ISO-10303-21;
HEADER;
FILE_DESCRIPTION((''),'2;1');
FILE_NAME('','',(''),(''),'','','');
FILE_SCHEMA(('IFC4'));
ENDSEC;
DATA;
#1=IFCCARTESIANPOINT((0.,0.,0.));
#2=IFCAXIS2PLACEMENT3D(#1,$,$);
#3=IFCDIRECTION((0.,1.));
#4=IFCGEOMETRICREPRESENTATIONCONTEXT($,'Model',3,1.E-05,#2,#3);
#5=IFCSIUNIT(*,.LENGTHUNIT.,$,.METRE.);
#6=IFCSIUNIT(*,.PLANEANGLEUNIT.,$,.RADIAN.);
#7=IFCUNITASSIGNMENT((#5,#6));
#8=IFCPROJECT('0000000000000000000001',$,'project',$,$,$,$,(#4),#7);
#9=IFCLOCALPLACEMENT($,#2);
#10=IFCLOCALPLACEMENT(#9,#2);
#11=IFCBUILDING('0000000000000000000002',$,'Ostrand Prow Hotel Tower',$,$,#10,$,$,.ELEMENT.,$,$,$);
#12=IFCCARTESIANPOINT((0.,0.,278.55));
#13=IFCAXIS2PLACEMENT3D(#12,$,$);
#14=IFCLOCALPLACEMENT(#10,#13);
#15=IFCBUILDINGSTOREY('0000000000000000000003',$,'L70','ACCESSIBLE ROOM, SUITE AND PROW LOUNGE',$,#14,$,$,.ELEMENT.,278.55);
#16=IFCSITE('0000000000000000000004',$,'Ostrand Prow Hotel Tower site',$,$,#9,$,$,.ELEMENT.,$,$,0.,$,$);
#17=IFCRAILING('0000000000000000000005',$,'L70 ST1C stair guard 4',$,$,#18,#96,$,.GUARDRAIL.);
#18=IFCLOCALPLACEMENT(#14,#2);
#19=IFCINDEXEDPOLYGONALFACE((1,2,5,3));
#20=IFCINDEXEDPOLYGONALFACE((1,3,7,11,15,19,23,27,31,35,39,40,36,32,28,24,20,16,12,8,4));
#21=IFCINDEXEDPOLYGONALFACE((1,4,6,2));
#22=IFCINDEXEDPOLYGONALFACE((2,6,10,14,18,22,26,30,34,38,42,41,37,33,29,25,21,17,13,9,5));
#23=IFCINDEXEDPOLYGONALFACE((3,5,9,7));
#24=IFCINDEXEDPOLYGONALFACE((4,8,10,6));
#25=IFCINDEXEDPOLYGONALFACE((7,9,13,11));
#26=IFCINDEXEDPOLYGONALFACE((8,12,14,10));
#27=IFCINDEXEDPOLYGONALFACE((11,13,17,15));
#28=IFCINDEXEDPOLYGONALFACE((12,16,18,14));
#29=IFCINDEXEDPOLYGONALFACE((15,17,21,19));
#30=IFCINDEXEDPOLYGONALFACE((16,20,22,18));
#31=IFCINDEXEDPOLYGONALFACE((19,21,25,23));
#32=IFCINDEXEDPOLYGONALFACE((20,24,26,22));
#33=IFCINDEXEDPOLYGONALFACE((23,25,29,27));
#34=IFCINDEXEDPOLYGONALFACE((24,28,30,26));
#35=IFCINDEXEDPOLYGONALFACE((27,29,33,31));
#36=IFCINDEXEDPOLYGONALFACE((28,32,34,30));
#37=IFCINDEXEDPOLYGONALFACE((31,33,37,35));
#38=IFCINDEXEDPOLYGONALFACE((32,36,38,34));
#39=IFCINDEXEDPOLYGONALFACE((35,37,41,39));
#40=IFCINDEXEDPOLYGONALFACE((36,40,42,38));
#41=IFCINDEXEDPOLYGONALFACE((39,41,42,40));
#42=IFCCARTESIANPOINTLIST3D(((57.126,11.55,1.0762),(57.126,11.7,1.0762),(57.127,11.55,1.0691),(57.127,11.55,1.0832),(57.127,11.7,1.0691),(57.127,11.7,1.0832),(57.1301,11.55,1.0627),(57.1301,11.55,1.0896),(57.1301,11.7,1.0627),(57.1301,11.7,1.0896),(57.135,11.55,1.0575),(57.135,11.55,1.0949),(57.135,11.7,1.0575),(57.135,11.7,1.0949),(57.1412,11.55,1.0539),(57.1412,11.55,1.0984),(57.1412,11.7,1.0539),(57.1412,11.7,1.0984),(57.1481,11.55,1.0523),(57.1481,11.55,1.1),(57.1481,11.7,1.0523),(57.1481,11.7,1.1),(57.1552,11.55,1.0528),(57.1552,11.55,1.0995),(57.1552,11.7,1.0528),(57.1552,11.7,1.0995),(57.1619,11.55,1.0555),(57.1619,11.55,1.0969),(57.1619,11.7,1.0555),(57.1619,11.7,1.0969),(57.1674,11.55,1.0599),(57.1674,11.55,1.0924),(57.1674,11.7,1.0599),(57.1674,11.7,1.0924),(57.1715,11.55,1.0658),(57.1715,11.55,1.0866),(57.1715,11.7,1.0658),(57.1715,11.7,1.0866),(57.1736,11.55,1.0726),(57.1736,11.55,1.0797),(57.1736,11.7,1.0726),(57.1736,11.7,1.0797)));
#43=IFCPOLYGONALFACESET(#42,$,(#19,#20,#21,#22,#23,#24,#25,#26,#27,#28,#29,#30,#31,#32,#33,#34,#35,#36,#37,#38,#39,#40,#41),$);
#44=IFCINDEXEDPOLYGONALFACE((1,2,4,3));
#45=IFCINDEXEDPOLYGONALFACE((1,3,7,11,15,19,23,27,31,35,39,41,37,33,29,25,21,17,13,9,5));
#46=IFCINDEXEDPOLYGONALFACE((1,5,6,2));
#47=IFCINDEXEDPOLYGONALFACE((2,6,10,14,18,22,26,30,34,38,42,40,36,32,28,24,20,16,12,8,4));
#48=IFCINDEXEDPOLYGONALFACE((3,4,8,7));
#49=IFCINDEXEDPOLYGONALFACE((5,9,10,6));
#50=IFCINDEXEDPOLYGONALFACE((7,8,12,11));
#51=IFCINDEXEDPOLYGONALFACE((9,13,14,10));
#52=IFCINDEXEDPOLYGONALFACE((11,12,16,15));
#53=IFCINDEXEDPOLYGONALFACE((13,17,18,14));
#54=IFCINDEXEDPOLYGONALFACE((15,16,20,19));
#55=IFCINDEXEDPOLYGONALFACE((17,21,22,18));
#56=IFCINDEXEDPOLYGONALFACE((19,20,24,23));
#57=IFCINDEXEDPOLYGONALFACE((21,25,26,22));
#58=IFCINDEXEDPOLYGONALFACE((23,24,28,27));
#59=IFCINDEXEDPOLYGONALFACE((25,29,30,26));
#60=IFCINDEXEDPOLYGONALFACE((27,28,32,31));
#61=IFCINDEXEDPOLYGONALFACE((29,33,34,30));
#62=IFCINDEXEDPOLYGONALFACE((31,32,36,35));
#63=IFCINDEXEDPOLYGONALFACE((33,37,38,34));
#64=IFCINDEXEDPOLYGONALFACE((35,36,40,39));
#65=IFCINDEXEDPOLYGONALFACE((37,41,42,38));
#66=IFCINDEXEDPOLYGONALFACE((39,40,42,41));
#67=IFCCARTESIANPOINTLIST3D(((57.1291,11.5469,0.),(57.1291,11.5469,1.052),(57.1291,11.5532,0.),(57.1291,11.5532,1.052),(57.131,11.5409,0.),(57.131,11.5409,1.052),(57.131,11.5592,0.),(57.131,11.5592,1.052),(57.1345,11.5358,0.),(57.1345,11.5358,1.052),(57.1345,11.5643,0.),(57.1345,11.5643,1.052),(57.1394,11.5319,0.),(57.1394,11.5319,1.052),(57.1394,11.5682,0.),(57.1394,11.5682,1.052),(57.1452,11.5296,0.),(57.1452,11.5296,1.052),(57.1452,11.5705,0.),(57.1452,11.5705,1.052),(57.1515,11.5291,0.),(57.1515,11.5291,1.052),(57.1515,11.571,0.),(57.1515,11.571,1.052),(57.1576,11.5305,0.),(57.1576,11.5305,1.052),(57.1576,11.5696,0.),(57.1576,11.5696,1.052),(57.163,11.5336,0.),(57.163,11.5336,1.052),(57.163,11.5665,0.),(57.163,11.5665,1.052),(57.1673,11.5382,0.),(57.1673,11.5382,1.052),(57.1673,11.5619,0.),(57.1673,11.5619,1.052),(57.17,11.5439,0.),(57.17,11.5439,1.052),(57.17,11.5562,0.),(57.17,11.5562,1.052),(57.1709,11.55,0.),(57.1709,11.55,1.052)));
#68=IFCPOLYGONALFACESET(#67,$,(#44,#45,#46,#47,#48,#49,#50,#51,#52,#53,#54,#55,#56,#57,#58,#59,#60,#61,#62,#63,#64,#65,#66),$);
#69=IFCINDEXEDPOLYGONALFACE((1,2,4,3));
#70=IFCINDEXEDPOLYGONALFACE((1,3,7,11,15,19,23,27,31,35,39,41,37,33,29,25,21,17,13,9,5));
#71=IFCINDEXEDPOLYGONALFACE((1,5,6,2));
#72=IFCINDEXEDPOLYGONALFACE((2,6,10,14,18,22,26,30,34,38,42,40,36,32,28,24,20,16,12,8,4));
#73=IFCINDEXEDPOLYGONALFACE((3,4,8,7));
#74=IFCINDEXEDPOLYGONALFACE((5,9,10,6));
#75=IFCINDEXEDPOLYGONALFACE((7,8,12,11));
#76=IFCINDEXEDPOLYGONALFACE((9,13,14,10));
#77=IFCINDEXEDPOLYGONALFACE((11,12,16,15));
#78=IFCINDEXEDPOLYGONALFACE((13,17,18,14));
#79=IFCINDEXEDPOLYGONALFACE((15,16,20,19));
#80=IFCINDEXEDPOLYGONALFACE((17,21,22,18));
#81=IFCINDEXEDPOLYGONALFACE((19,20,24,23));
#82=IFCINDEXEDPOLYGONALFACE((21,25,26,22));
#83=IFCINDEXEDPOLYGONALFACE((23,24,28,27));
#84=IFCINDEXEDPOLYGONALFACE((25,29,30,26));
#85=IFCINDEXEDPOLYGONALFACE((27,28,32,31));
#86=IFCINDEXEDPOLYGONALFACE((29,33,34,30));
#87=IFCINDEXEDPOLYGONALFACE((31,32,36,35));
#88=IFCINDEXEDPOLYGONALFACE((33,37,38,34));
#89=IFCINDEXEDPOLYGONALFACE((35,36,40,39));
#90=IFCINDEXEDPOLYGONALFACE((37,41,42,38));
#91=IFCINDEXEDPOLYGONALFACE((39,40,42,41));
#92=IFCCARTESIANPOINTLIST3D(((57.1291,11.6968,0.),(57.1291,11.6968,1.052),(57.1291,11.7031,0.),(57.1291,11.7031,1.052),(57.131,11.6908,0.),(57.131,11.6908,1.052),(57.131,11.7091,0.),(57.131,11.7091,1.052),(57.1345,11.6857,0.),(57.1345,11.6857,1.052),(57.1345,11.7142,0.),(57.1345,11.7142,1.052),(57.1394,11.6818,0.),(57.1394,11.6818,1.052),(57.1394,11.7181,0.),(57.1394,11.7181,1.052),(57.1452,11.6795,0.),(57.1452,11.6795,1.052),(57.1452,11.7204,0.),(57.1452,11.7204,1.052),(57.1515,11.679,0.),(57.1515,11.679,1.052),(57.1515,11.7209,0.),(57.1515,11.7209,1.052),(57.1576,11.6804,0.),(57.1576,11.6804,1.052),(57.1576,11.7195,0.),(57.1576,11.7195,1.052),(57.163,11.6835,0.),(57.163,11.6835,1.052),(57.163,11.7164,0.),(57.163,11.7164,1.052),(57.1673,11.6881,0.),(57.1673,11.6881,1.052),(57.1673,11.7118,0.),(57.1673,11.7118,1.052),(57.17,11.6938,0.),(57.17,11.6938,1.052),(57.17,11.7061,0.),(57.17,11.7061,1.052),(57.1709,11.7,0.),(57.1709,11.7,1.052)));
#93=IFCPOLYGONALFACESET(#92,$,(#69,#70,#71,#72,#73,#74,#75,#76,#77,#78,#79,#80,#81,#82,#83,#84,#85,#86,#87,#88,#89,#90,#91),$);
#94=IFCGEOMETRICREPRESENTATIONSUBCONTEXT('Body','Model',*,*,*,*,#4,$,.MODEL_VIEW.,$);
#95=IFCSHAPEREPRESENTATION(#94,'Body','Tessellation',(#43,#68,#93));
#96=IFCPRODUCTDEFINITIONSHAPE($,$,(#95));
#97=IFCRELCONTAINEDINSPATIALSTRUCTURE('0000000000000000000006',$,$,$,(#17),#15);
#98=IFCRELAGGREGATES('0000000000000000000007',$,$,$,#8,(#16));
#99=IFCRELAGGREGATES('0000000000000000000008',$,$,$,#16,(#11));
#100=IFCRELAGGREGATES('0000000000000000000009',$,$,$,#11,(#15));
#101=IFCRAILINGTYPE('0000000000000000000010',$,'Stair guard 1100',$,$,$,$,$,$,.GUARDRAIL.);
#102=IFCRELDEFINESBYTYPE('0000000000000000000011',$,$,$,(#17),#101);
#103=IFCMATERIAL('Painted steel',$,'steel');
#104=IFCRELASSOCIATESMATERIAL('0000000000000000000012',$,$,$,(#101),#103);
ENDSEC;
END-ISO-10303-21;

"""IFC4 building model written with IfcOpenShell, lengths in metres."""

from ifc_helpers import new_model, si_unit, direction, frame, origin, origin_2d, place, context, subcontext, project, spatial, circle, extrude, material, type_object, element, save


model = new_model("IFC4")

# Units and contexts
model_context = context("Model", 3, precision=1e-05, world=origin(), true_north=direction((0.0, 1.0)))
body_context = subcontext(model_context, "Body", "Model", "MODEL_VIEW")
ifc_project = project(units=[si_unit("LENGTHUNIT", "METRE"), si_unit("PLANEANGLEUNIT", "RADIAN")], contexts=[model_context])

# Site, building, storey
site_placement = place(None, origin())
site = spatial("IfcSite", under=ifc_project, at=site_placement, Name="Ostrand Prow Hotel Tower site", CompositionType="ELEMENT", RefElevation=0.0)
building_placement = place(site_placement, origin())
building = spatial("IfcBuilding", under=site, at=building_placement, Name="Ostrand Prow Hotel Tower", CompositionType="ELEMENT")
storey_placement = place(building_placement, frame((0.0, 0.0, 278.55)))
storey = spatial("IfcBuildingStorey", under=building, at=storey_placement, Name="L70", Description="ACCESSIBLE ROOM, SUITE AND PROW LOUNGE", CompositionType="ELEMENT", Elevation=278.55)

# Railing
ifc_material_1 = material(Name="Painted steel", Category="steel")
railing_type_1 = type_object("IfcRailingType", Name="Stair guard 1100", PredefinedType="GUARDRAIL", material=ifc_material_1)
railing_1_placement = place(storey_placement, frame((57.1499, 11.55, 0.0)))
element("IfcRailing", 1, at=railing_1_placement, inside=storey, type_object=railing_type_1, Name="L70 ST1C stair guard 4", PredefinedType="GUARDRAIL", context=body_context, shape_type="SweptSolid", body=[
    extrude(circle(Radius=0.0239, at=origin_2d()), frame((0.0, 0.0, 1.0762), z_axis=(0.0, 1.0, 0.0), x_axis=(-1.0, 0.0, 0.0)), (0.0, 0.0, 1.0), 0.1499),
    extrude(circle(Radius=0.021, at=origin_2d()), origin(), (0.0, 0.0, 1.0), 1.052),
    extrude(circle(Radius=0.021, at=origin_2d()), frame((0.0, 0.1499, 0.0)), (0.0, 0.0, 1.0), 1.052),
])

save(model, "model.ifc")
